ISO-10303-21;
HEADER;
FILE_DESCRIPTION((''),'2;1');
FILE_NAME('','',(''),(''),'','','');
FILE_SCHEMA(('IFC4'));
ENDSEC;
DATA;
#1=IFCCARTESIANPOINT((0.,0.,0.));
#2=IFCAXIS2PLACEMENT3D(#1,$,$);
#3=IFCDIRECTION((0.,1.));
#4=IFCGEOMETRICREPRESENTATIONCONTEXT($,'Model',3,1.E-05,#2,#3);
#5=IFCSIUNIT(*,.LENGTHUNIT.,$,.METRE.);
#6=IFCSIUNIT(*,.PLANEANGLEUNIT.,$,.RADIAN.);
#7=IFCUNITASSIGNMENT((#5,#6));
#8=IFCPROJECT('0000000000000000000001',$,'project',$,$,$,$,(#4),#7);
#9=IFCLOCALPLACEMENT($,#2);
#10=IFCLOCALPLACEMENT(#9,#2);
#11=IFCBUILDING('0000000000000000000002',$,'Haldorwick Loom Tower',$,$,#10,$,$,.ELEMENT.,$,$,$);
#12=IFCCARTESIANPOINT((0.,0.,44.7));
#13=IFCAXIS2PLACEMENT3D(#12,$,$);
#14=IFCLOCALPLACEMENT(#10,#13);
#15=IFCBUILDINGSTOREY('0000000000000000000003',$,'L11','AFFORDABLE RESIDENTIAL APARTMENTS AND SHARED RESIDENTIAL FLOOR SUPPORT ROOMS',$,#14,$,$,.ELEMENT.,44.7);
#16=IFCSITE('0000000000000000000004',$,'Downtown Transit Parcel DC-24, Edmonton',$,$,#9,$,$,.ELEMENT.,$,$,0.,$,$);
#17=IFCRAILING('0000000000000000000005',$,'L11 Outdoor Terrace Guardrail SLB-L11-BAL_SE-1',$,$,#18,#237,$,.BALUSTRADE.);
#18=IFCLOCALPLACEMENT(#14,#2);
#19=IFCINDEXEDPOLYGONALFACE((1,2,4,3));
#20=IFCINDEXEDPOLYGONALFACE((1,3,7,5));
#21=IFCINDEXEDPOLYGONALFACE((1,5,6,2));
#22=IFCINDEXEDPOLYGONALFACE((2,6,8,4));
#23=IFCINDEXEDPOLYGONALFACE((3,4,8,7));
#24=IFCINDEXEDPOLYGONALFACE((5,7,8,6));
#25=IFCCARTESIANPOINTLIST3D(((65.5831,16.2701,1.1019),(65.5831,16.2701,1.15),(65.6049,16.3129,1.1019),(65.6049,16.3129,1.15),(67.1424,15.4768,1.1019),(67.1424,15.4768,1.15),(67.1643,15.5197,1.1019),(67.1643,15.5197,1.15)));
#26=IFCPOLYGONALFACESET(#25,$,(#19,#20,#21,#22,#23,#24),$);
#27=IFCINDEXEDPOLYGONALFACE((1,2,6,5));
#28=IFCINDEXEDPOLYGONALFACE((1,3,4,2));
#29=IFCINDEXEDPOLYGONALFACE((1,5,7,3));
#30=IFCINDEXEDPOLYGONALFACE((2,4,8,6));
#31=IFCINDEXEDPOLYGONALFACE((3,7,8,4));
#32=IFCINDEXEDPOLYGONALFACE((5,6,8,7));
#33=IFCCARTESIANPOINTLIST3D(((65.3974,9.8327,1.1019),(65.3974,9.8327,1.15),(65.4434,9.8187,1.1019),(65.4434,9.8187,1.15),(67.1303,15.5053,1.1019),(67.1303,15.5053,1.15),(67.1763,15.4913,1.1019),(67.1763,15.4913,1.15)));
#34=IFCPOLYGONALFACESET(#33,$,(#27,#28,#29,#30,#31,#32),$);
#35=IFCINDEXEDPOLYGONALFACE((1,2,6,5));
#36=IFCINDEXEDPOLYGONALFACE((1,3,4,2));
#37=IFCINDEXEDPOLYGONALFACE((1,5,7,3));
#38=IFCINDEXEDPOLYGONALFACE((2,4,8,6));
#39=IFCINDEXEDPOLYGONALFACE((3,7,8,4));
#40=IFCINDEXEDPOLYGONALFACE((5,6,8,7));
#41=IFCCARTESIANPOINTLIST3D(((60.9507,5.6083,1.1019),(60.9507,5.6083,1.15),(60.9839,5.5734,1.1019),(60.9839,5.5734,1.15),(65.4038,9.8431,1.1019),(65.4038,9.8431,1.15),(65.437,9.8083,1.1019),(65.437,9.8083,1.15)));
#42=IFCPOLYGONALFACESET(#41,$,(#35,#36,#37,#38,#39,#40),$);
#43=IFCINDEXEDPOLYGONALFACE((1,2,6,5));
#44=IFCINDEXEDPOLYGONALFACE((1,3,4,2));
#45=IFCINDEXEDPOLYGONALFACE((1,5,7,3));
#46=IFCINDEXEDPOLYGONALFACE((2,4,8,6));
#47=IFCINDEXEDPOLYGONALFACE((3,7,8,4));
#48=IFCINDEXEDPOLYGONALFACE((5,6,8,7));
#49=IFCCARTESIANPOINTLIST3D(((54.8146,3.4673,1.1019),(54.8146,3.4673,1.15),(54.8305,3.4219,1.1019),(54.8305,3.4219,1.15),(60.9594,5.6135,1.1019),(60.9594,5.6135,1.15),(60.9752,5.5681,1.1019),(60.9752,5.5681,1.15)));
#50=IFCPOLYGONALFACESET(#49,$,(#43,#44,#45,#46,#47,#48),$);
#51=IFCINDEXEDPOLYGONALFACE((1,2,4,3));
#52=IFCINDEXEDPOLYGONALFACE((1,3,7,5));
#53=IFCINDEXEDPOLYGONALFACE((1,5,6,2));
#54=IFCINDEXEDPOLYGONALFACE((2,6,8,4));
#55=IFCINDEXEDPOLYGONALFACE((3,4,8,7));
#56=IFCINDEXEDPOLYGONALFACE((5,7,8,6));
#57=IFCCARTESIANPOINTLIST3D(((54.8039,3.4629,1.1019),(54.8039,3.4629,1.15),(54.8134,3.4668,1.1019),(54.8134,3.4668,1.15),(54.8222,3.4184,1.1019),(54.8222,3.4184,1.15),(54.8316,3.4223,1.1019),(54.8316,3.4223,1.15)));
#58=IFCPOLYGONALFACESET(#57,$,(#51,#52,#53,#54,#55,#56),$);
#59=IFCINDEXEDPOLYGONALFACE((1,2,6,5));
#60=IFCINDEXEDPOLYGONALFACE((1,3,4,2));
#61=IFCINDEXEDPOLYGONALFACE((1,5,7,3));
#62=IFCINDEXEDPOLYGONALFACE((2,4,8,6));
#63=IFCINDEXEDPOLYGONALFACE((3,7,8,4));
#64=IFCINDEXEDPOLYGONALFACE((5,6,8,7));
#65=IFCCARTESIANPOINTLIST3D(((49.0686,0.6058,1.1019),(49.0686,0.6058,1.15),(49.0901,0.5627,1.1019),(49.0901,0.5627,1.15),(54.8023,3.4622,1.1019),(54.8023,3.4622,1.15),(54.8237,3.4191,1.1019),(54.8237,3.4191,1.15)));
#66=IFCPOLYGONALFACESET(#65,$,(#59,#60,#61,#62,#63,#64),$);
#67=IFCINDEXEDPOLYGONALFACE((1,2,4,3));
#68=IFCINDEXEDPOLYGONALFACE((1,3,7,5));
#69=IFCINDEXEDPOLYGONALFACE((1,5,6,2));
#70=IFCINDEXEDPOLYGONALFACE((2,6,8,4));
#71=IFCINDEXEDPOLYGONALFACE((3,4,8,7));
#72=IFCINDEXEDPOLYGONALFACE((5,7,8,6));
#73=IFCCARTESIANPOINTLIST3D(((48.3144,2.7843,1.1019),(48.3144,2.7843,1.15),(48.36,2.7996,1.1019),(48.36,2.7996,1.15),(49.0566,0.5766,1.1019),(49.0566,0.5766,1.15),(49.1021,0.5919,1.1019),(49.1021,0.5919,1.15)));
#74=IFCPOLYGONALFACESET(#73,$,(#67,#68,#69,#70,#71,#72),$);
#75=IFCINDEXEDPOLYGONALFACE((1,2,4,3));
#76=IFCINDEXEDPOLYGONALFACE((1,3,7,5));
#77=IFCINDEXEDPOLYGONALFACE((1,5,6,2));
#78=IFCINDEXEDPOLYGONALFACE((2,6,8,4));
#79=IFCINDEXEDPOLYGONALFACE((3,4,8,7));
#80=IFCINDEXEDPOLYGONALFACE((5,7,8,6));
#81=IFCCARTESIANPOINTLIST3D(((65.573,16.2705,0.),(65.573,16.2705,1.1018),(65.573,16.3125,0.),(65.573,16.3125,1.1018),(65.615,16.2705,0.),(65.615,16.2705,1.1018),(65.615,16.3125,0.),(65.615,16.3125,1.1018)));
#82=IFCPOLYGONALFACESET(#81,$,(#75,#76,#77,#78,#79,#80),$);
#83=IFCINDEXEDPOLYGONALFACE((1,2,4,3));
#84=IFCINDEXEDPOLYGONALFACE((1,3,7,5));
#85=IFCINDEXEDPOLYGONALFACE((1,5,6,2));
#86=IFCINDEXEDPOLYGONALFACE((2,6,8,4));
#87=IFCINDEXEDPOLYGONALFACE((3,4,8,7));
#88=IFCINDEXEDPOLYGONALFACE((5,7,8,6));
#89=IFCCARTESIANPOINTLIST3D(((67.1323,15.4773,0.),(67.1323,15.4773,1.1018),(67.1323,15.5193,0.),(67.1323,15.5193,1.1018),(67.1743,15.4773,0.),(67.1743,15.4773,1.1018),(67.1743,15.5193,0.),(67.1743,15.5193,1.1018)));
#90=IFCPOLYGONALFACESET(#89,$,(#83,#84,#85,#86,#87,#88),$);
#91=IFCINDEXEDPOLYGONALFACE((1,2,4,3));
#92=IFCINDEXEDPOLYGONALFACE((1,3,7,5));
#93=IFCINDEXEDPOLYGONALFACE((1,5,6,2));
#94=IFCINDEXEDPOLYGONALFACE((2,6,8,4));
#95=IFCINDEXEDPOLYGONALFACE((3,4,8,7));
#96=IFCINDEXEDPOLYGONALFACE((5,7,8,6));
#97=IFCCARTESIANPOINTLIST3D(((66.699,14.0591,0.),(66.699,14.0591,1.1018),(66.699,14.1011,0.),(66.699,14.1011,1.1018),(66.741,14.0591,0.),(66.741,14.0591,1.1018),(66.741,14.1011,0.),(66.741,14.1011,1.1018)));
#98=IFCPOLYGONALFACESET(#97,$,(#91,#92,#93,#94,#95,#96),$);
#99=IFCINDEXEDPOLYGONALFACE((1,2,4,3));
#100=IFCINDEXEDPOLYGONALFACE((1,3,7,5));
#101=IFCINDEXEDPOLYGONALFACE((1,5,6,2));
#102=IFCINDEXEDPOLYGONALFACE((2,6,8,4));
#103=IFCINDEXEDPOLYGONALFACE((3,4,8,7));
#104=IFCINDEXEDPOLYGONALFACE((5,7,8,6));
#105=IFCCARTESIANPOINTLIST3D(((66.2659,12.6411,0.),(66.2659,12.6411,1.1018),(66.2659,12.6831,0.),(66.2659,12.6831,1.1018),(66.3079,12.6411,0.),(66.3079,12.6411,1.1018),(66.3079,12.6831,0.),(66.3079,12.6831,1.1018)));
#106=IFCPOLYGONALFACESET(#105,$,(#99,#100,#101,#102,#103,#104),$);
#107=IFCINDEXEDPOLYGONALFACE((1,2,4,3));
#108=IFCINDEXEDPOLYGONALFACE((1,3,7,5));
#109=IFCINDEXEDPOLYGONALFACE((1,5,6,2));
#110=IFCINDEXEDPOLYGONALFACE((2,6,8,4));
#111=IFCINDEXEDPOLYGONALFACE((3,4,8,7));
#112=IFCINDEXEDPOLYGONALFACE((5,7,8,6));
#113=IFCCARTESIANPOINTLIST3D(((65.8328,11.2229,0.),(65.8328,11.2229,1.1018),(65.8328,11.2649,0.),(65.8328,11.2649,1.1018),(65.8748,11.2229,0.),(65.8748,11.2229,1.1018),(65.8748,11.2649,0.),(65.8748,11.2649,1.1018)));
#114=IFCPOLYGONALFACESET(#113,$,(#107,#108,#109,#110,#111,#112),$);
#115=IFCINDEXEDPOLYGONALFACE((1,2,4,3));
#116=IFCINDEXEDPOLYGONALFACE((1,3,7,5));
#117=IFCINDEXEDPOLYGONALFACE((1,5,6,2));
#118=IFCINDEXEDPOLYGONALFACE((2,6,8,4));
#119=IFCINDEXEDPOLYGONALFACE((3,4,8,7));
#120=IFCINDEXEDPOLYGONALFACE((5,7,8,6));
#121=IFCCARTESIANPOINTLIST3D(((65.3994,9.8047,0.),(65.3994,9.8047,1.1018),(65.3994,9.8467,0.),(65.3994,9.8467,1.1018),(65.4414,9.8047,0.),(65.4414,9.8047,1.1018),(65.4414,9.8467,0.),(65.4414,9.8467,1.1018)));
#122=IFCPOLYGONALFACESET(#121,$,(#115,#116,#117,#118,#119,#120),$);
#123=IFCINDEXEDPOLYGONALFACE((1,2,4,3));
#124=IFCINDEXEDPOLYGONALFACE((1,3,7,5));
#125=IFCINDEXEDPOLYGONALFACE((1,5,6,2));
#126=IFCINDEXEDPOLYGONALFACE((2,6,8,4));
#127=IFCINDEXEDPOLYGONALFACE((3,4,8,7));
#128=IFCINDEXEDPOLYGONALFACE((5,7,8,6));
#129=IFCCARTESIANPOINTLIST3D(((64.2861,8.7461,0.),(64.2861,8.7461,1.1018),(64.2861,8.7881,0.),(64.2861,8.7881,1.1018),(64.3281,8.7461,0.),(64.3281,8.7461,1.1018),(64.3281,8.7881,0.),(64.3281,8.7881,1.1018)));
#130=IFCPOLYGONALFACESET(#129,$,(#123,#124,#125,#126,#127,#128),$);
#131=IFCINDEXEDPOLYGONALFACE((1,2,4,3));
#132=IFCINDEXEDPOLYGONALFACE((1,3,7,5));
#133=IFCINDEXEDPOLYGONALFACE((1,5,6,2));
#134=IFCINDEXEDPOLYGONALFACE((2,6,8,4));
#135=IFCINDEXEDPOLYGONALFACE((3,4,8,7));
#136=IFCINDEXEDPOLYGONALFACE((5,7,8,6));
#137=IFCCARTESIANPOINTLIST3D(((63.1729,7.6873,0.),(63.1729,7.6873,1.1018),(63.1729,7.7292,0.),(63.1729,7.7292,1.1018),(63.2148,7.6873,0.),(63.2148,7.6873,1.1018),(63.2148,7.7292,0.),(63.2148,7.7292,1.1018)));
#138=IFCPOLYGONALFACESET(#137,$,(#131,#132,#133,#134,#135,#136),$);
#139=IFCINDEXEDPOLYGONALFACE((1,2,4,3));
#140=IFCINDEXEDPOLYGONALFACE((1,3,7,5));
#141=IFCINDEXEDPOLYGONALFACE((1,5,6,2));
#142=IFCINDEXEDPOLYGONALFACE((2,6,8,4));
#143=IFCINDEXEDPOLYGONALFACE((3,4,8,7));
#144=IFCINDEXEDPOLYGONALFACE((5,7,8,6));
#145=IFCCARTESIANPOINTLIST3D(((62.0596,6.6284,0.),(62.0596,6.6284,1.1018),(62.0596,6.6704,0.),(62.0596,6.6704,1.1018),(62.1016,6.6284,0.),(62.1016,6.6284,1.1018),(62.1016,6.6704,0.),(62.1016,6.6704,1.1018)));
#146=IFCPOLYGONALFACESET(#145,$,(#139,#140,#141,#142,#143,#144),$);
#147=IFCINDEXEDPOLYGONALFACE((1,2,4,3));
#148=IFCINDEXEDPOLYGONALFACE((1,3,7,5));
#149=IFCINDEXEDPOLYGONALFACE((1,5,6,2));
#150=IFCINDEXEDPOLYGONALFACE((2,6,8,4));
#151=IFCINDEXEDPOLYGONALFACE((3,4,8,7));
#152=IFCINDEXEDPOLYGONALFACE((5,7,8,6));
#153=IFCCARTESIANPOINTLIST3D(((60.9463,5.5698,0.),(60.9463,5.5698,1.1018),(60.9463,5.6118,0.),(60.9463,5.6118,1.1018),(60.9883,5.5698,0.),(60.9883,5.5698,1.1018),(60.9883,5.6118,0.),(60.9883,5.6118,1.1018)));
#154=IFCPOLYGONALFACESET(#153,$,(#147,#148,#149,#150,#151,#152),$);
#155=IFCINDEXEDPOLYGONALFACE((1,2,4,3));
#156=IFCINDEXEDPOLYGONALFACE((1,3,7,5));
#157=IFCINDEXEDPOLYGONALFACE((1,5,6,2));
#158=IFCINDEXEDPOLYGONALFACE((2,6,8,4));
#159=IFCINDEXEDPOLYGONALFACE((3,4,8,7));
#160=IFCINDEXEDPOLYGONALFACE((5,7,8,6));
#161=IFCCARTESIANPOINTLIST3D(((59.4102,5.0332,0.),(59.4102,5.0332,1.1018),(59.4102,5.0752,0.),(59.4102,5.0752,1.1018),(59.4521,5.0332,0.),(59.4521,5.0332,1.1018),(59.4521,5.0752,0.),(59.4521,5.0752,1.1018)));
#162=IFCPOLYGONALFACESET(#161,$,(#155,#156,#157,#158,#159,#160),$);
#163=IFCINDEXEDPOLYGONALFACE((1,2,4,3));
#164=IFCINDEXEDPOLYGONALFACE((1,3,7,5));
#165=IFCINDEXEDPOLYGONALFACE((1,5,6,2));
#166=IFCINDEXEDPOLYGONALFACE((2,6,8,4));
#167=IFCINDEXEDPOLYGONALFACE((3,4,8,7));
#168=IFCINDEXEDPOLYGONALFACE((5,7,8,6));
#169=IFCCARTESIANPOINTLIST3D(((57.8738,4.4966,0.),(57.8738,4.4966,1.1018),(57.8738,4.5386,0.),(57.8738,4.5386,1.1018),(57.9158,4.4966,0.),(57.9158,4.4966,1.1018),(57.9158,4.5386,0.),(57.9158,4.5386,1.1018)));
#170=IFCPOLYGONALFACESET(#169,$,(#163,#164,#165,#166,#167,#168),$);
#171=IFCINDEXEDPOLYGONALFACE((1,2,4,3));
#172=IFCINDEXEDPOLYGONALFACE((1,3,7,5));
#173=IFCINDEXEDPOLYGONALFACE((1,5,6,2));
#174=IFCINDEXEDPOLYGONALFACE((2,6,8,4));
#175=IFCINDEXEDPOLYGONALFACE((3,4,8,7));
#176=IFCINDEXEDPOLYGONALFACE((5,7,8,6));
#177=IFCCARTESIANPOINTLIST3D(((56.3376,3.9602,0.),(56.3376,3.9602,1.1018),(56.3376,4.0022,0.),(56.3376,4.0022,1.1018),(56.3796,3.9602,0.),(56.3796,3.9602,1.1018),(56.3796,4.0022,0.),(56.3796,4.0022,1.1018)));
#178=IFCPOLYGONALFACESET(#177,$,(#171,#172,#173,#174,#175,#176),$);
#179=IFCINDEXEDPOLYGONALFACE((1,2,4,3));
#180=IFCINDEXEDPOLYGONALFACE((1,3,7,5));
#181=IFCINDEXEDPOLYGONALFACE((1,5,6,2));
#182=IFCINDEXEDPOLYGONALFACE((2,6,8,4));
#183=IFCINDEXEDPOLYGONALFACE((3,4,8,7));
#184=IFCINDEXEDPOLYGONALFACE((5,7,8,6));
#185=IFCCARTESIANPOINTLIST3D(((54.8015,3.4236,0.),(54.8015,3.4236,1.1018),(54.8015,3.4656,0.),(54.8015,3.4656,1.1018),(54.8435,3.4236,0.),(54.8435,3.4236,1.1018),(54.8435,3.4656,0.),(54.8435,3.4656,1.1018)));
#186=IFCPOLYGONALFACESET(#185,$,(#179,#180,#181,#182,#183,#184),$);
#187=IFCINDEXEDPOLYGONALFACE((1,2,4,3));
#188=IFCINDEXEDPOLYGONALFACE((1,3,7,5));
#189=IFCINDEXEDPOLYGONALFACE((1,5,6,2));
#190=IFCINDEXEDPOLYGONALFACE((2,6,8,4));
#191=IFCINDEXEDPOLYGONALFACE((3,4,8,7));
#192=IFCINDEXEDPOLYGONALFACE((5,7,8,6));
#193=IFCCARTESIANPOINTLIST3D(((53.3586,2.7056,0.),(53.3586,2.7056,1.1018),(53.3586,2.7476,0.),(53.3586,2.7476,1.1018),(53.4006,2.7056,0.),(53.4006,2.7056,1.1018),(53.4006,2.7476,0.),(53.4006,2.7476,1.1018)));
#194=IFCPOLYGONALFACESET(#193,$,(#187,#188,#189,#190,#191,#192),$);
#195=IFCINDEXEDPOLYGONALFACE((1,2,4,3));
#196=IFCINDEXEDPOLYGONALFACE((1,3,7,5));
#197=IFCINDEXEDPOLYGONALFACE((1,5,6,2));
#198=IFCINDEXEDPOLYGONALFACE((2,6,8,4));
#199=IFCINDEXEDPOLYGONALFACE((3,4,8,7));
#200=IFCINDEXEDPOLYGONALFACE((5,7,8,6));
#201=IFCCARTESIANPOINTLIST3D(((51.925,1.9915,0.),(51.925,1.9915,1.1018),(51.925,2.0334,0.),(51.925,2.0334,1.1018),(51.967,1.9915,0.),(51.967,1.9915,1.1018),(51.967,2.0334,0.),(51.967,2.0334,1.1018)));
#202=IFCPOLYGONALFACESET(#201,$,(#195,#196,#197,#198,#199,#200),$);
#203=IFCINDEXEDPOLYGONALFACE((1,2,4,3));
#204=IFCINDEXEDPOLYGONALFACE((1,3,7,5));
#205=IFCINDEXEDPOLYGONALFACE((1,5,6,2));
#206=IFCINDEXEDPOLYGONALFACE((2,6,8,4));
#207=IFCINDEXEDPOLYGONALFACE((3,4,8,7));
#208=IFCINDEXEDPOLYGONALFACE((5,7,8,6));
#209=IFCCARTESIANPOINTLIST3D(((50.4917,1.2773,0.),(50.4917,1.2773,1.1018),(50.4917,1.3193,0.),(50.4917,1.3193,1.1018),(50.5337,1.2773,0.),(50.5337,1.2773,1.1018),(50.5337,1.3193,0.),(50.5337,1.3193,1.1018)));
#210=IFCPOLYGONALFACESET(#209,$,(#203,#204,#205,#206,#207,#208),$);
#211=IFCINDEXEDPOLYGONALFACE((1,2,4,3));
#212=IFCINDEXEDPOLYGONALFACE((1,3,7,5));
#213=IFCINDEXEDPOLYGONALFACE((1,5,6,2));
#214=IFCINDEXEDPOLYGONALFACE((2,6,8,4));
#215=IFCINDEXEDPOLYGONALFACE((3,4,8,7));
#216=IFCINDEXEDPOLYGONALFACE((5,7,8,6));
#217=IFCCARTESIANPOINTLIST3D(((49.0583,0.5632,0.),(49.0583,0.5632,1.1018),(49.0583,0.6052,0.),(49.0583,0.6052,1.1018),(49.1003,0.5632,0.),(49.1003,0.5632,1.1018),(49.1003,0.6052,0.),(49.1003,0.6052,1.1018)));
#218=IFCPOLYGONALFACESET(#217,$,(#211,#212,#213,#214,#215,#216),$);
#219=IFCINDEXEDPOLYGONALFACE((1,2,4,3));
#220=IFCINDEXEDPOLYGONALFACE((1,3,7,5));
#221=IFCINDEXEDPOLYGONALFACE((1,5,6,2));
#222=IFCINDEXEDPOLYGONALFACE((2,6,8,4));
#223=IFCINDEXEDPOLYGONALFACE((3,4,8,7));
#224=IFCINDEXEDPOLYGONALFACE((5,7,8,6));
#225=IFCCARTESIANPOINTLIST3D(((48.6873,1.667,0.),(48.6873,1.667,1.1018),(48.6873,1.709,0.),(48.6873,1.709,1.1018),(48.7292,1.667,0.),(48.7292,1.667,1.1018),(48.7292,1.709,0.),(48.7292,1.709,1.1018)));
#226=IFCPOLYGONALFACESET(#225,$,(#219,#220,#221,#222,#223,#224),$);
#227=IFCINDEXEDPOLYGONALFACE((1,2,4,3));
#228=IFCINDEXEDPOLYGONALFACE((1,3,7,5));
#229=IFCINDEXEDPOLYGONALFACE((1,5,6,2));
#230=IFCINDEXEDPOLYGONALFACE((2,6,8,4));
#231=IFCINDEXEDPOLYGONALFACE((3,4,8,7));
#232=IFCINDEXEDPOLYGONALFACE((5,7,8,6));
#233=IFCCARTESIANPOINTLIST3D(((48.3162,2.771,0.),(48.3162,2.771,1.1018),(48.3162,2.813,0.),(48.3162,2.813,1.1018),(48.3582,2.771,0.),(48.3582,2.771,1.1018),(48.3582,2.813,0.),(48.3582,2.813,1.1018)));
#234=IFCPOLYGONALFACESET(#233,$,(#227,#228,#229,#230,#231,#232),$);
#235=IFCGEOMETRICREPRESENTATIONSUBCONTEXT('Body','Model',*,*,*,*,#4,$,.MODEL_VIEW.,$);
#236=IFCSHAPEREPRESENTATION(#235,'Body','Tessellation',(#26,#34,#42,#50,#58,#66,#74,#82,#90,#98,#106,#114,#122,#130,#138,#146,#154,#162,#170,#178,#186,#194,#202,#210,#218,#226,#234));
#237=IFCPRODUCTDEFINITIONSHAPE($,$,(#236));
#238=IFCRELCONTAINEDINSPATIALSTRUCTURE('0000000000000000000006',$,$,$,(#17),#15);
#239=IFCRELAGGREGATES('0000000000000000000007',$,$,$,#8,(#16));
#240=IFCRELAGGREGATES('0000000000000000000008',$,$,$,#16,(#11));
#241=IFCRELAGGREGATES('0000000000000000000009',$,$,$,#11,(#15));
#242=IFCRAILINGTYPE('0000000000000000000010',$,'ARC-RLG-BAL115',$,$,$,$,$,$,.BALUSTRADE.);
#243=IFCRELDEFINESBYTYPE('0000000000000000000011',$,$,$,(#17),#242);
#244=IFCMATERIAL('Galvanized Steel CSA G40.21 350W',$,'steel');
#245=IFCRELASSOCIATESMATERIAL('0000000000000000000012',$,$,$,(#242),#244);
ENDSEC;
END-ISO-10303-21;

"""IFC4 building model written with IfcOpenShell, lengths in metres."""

from ifc_helpers import new_model, si_unit, direction, frame, origin, origin_2d, place, context, subcontext, project, spatial, rectangle, extrude, material, type_object, element, save


model = new_model("IFC4")

# Units and contexts
model_context = context("Model", 3, precision=1e-05, world=origin(), true_north=direction((0.0, 1.0)))
body_context = subcontext(model_context, "Body", "Model", "MODEL_VIEW")
ifc_project = project(units=[si_unit("LENGTHUNIT", "METRE"), si_unit("PLANEANGLEUNIT", "RADIAN")], contexts=[model_context])

# Site, building, storey
site_placement = place(None, origin())
site = spatial("IfcSite", under=ifc_project, at=site_placement, Name="Downtown Transit Parcel DC-24, Edmonton", CompositionType="ELEMENT", RefElevation=0.0)
building_placement = place(site_placement, origin())
building = spatial("IfcBuilding", under=site, at=building_placement, Name="Haldorwick Loom Tower", CompositionType="ELEMENT")
storey_placement = place(building_placement, frame((0.0, 0.0, 44.7)))
storey = spatial("IfcBuildingStorey", under=building, at=storey_placement, Name="L11", Description="AFFORDABLE RESIDENTIAL APARTMENTS AND SHARED RESIDENTIAL FLOOR SUPPORT ROOMS", CompositionType="ELEMENT", Elevation=44.7)

# Railing
ifc_material_1 = material(Name="Galvanized Steel CSA G40.21 350W", Category="steel")
railing_type = type_object("IfcRailingType", Name="ARC-RLG-BAL115", PredefinedType="BALUSTRADE", material=ifc_material_1)
railing_placement = place(storey_placement, frame((65.594, 16.2915, 0.0)))
element("IfcRailing", 1, at=railing_placement, inside=storey, type_object=railing_type, Name="L11 Outdoor Terrace Guardrail SLB-L11-BAL_SE-1", PredefinedType="BALUSTRADE", context=body_context, shape_type="SweptSolid", body=[
    extrude(rectangle(XDim=0.0481, YDim=0.0481, at=origin_2d()), frame((0.0, 0.0, 1.126), z_axis=(0.891308, -0.453399, 0.0), x_axis=(0.453399, 0.891308, 0.0)), (0.0, 0.0, 1.0), 1.7495),
    extrude(rectangle(XDim=0.0481, YDim=0.0481, at=origin_2d()), frame((1.5593, -0.7932, 1.126), z_axis=(-0.292159, -0.95637, 0.0), x_axis=(0.95637, -0.292159, 0.0)), (0.0, 0.0, 1.0), 5.9314),
    extrude(rectangle(XDim=0.0481, YDim=0.0481, at=origin_2d()), frame((-0.1736, -6.4658, 1.126), z_axis=(-0.724642, -0.689125, 0.0), x_axis=(0.689125, -0.724642, 0.0)), (0.0, 0.0, 1.0), 6.1453),
    extrude(rectangle(XDim=0.0481, YDim=0.0481, at=origin_2d()), frame((-4.6267, -10.7007, 1.126), z_axis=(-0.94407, -0.329744, 0.0), x_axis=(0.329744, -0.94407, 0.0)), (0.0, 0.0, 1.0), 6.5088),
    extrude(rectangle(XDim=0.0481, YDim=0.0481, at=origin_2d()), frame((-10.7715, -12.8469, 1.126), z_axis=(-0.925169, -0.379556, 0.0), x_axis=(0.379556, -0.925169, 0.0)), (0.0, 0.0, 1.0), 0.0103),
    extrude(rectangle(XDim=0.0481, YDim=0.0481, at=origin_2d()), frame((-10.781, -12.8508, 1.126), z_axis=(-0.895074, -0.445917, 0.0), x_axis=(0.445917, -0.895074, 0.0)), (0.0, 0.0, 1.0), 6.4058),
    extrude(rectangle(XDim=0.0481, YDim=0.0481, at=origin_2d()), frame((-16.5146, -15.7073, 1.126), z_axis=(-0.318648, 0.947873, 0.0), x_axis=(-0.947873, -0.318648, 0.0)), (0.0, 0.0, 1.0), 2.3291),
    extrude(rectangle(XDim=0.042, YDim=0.042, at=origin_2d()), origin(), (0.0, 0.0, 1.0), 1.1018),
    extrude(rectangle(XDim=0.042, YDim=0.042, at=origin_2d()), frame((1.5593, -0.7932, 0.0)), (0.0, 0.0, 1.0), 1.1018),
    extrude(rectangle(XDim=0.042, YDim=0.042, at=origin_2d()), frame((1.126, -2.2114, 0.0)), (0.0, 0.0, 1.0), 1.1018),
    extrude(rectangle(XDim=0.042, YDim=0.042, at=origin_2d()), frame((0.6929, -3.6294, 0.0)), (0.0, 0.0, 1.0), 1.1018),
    extrude(rectangle(XDim=0.042, YDim=0.042, at=origin_2d()), frame((0.2598, -5.0476, 0.0)), (0.0, 0.0, 1.0), 1.1018),
    extrude(rectangle(XDim=0.042, YDim=0.042, at=origin_2d()), frame((-0.1736, -6.4658, 0.0)), (0.0, 0.0, 1.0), 1.1018),
    extrude(rectangle(XDim=0.042, YDim=0.042, at=origin_2d()), frame((-1.2869, -7.5244, 0.0)), (0.0, 0.0, 1.0), 1.1018),
    extrude(rectangle(XDim=0.042, YDim=0.042, at=origin_2d()), frame((-2.4001, -8.5833, 0.0)), (0.0, 0.0, 1.0), 1.1018),
    extrude(rectangle(XDim=0.042, YDim=0.042, at=origin_2d()), frame((-3.5134, -9.6421, 0.0)), (0.0, 0.0, 1.0), 1.1018),
    extrude(rectangle(XDim=0.042, YDim=0.042, at=origin_2d()), frame((-4.6267, -10.7007, 0.0)), (0.0, 0.0, 1.0), 1.1018),
    extrude(rectangle(XDim=0.042, YDim=0.042, at=origin_2d()), frame((-6.1628, -11.2373, 0.0)), (0.0, 0.0, 1.0), 1.1018),
    extrude(rectangle(XDim=0.042, YDim=0.042, at=origin_2d()), frame((-7.6992, -11.7739, 0.0)), (0.0, 0.0, 1.0), 1.1018),
    extrude(rectangle(XDim=0.042, YDim=0.042, at=origin_2d()), frame((-9.2354, -12.3103, 0.0)), (0.0, 0.0, 1.0), 1.1018),
    extrude(rectangle(XDim=0.042, YDim=0.042, at=origin_2d()), frame((-10.7715, -12.8469, 0.0)), (0.0, 0.0, 1.0), 1.1018),
    extrude(rectangle(XDim=0.042, YDim=0.042, at=origin_2d()), frame((-12.2144, -13.5649, 0.0)), (0.0, 0.0, 1.0), 1.1018),
    extrude(rectangle(XDim=0.042, YDim=0.042, at=origin_2d()), frame((-13.6479, -14.2791, 0.0)), (0.0, 0.0, 1.0), 1.1018),
    extrude(rectangle(XDim=0.042, YDim=0.042, at=origin_2d()), frame((-15.0813, -14.9932, 0.0)), (0.0, 0.0, 1.0), 1.1018),
    extrude(rectangle(XDim=0.042, YDim=0.042, at=origin_2d()), frame((-16.5146, -15.7073, 0.0)), (0.0, 0.0, 1.0), 1.1018),
    extrude(rectangle(XDim=0.042, YDim=0.042, at=origin_2d()), frame((-16.8857, -14.6035, 0.0)), (0.0, 0.0, 1.0), 1.1018),
    extrude(rectangle(XDim=0.042, YDim=0.042, at=origin_2d()), frame((-17.2568, -13.4995, 0.0)), (0.0, 0.0, 1.0), 1.1018),
])

save(model, "model.ifc")
